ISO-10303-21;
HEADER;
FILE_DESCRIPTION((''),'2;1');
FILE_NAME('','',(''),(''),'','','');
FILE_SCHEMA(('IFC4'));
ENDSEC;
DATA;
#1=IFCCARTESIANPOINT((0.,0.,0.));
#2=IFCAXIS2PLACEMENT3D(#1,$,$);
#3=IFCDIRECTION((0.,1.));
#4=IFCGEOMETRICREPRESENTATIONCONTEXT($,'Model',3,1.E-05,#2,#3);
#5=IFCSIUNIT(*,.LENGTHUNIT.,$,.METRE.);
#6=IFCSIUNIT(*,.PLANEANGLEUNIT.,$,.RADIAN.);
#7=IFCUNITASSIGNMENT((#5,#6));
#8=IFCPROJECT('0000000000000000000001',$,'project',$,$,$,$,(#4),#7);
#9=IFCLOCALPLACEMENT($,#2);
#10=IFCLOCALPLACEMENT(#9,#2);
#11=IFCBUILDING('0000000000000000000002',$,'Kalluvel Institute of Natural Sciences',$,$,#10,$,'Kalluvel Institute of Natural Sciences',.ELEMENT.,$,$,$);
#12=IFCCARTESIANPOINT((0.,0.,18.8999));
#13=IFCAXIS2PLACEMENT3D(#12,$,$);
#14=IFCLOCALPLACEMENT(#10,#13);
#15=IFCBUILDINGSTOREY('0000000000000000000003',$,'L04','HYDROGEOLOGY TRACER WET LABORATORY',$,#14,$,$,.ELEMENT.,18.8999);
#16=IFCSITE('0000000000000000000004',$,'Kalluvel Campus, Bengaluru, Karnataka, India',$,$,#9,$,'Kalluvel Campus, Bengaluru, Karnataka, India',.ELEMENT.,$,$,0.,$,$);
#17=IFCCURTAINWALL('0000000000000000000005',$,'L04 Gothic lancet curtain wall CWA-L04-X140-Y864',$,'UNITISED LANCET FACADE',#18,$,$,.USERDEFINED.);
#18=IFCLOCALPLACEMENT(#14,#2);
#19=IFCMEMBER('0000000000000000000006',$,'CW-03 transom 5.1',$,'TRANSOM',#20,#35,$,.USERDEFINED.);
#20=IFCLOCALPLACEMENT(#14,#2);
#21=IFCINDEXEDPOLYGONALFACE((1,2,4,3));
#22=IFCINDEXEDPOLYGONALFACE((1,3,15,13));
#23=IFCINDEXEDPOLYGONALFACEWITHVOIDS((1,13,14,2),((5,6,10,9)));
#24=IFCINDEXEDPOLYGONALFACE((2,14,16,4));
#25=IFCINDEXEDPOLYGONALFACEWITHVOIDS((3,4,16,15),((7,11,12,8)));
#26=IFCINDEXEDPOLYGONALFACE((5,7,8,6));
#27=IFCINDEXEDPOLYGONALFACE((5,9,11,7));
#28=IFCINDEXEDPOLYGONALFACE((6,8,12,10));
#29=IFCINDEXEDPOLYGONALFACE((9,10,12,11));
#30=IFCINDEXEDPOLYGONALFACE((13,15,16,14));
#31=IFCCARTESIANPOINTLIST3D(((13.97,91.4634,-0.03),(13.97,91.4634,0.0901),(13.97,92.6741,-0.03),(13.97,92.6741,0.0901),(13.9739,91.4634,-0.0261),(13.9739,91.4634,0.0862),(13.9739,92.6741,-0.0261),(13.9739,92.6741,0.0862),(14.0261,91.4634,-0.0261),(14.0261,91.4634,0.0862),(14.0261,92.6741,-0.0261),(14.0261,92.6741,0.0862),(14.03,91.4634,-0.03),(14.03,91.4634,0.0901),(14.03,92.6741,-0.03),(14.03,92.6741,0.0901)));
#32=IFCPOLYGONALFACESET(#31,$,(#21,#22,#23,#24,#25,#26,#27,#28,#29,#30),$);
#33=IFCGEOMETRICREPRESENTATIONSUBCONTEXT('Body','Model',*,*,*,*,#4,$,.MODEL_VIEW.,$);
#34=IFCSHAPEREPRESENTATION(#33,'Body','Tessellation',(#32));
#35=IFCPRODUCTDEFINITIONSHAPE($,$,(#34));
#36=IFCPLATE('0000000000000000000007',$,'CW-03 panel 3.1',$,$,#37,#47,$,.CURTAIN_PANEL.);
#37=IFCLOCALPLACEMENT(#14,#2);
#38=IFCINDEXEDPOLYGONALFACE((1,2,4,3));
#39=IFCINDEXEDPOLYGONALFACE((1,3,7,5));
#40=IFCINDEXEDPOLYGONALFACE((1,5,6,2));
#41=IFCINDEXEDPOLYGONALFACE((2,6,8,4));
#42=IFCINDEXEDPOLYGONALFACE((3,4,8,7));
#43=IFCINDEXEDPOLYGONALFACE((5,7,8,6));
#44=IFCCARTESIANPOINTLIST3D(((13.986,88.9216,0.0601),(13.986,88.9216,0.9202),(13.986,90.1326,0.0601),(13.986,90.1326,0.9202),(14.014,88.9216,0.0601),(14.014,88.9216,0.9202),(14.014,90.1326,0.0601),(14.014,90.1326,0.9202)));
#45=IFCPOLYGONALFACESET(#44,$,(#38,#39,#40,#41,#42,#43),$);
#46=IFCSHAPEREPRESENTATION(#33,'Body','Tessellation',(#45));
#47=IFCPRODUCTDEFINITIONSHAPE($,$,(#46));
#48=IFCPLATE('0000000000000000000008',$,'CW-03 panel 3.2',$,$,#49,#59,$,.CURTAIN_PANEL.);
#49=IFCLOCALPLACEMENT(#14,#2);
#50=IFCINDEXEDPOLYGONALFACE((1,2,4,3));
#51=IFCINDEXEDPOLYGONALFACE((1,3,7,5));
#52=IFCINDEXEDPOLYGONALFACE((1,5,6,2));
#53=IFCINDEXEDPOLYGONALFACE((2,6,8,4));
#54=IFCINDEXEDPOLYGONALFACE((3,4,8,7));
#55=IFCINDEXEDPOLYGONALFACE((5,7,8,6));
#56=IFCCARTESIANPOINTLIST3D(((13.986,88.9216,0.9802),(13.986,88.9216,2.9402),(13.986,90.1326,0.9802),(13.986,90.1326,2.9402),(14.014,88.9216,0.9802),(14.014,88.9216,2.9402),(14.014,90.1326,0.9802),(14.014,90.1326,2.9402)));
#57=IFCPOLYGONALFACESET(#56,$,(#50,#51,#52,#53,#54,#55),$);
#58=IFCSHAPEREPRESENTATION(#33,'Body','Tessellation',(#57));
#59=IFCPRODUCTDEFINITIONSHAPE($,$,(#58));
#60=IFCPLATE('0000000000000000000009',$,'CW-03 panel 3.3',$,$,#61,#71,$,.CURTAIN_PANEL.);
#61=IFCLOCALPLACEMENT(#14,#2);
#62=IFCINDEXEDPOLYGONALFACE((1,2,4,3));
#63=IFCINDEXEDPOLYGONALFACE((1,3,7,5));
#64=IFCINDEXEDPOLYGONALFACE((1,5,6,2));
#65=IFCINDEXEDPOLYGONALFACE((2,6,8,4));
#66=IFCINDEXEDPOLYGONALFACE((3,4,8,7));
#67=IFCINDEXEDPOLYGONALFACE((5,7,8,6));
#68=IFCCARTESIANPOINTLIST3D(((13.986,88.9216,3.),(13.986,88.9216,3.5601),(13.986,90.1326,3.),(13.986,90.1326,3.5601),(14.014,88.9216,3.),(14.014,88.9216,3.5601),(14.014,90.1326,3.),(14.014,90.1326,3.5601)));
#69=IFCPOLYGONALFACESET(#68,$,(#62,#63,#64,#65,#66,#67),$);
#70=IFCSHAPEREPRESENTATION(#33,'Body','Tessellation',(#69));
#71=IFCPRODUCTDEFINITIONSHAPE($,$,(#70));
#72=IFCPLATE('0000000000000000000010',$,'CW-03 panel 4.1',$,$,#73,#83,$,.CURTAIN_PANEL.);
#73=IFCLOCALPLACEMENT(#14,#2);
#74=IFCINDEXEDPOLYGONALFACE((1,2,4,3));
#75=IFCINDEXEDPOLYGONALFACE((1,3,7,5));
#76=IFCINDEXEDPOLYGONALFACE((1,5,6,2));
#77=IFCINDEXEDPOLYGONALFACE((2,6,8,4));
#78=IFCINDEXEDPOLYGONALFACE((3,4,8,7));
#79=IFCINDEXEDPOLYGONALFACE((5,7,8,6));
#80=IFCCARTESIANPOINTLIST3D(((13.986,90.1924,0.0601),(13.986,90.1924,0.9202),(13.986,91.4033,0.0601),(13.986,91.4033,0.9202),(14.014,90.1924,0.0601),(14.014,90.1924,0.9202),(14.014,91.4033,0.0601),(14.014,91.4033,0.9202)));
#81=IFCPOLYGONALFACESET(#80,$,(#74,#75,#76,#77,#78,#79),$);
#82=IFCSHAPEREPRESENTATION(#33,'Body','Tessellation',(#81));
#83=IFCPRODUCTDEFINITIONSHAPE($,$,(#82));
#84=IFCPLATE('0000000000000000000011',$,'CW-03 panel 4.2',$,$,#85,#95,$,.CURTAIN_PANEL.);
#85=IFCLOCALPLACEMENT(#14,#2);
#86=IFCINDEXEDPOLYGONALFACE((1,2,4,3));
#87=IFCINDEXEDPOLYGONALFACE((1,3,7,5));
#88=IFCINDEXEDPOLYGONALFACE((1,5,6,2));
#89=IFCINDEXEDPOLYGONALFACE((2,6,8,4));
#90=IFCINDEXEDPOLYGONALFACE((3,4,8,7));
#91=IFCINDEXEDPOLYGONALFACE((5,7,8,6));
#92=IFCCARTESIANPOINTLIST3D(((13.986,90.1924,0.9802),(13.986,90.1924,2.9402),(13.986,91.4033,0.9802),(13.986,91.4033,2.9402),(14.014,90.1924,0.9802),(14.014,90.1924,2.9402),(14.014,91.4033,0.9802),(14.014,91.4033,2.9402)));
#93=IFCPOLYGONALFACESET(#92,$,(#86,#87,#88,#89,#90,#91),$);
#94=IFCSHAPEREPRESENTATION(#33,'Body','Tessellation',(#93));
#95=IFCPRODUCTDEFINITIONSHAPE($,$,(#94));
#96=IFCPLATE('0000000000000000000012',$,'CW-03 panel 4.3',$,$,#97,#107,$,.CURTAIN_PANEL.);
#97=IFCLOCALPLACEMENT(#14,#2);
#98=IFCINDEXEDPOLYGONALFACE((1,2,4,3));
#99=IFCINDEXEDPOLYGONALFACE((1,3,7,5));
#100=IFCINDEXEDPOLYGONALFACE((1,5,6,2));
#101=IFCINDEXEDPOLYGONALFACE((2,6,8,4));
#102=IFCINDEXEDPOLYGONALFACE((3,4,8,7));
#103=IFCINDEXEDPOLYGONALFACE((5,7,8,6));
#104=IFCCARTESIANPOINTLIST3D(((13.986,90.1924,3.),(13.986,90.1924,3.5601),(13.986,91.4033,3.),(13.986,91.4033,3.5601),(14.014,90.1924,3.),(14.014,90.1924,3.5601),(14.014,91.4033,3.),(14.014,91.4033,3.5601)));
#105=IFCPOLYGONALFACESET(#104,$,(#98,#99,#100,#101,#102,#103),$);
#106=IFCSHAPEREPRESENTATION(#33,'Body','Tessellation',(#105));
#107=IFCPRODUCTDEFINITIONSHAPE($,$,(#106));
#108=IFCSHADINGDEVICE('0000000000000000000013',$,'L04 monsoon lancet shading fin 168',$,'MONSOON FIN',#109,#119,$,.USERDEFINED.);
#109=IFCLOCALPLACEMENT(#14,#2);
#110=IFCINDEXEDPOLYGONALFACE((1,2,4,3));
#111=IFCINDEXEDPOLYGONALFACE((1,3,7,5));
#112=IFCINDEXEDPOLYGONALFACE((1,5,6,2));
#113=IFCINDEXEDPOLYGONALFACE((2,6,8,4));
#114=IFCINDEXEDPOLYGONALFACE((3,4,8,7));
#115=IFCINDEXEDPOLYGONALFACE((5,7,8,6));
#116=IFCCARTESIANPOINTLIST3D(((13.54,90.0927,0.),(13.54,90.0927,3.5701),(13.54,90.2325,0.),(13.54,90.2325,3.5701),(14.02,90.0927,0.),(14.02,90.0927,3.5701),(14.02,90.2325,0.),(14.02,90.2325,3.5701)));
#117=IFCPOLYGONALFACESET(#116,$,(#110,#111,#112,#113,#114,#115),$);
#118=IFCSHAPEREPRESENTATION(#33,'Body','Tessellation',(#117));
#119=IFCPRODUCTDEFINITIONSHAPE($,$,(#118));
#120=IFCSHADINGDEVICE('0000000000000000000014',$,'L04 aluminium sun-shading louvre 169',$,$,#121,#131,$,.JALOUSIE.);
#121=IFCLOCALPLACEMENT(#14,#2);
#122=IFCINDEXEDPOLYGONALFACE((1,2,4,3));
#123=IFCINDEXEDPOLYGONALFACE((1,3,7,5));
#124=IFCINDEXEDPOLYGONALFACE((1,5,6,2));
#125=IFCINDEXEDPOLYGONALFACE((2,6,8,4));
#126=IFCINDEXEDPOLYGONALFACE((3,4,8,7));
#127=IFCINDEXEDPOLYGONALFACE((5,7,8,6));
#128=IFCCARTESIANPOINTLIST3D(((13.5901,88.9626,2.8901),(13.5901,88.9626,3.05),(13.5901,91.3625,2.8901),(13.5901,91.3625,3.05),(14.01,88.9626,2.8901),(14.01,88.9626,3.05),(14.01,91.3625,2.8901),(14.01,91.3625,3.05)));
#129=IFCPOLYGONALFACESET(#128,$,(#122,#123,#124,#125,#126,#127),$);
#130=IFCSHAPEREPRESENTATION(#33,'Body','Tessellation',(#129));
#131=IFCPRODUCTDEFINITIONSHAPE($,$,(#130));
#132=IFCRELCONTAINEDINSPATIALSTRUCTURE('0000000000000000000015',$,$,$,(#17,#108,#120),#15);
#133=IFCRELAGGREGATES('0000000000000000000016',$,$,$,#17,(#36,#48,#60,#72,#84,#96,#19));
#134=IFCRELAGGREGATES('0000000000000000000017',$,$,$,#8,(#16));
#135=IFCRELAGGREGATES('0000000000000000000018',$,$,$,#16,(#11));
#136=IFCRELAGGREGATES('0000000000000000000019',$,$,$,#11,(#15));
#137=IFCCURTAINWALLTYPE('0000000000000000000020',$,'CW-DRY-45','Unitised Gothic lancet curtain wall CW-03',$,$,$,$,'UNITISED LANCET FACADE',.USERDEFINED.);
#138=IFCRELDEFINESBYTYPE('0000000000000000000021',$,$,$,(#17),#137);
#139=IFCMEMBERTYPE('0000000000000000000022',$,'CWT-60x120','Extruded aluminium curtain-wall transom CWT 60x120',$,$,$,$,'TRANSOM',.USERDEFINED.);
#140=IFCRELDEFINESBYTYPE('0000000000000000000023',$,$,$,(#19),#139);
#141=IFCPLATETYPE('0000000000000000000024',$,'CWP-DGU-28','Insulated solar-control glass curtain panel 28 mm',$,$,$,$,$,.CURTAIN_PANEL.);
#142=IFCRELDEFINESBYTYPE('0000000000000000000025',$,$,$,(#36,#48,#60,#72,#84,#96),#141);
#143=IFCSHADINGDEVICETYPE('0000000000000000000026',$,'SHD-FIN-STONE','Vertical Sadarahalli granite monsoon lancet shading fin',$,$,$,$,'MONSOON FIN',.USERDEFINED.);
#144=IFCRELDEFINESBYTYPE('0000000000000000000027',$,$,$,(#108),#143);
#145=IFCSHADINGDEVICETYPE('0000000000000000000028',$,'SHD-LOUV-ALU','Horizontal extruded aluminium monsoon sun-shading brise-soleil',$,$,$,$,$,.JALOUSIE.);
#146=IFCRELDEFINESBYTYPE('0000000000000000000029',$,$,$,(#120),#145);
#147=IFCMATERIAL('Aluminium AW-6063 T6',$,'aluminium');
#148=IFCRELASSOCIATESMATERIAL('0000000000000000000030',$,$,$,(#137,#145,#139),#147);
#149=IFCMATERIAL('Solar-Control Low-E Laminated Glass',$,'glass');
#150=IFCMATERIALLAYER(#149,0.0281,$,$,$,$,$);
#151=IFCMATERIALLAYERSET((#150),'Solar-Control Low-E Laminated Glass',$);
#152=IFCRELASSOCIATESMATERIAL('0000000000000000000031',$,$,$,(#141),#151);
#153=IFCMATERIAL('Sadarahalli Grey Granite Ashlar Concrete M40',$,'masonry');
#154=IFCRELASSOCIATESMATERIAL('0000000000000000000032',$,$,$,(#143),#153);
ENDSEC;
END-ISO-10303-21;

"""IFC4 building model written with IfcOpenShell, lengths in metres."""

from ifc_helpers import new_model, si_unit, direction, frame, origin, origin_2d, place, context, subcontext, project, spatial, rectangle, hollow_rectangle, extrude, material, layer, layer_set, material_profile, profile_set, type_object, element, aggregate, save


model = new_model("IFC4")

# Units and contexts
model_context = context("Model", 3, precision=1e-05, world=origin(), true_north=direction((0.0, 1.0)))
body_context = subcontext(model_context, "Body", "Model", "MODEL_VIEW")
ifc_project = project(units=[si_unit("LENGTHUNIT", "METRE"), si_unit("PLANEANGLEUNIT", "RADIAN")], contexts=[model_context])

# Site, building, storey
site_placement = place(None, origin())
site = spatial("IfcSite", under=ifc_project, at=site_placement, Name="Kalluvel Campus, Bengaluru, Karnataka, India", LongName="Kalluvel Campus, Bengaluru, Karnataka, India", CompositionType="ELEMENT", RefElevation=0.0)
building_placement = place(site_placement, origin())
building = spatial("IfcBuilding", under=site, at=building_placement, Name="Kalluvel Institute of Natural Sciences", LongName="Kalluvel Institute of Natural Sciences", CompositionType="ELEMENT")
storey_placement = place(building_placement, frame((0.0, 0.0, 18.8999)))
storey = spatial("IfcBuildingStorey", under=building, at=storey_placement, Name="L04", Description="HYDROGEOLOGY TRACER WET LABORATORY", CompositionType="ELEMENT", Elevation=18.8999)

# Curtain wall, member, plates
ifc_material_1 = material(Name="Aluminium AW-6063 T6", Category="aluminium")
curtain_wall_type = type_object("IfcCurtainWallType", Name="CW-DRY-45", Description="Unitised Gothic lancet curtain wall CW-03", ElementType="UNITISED LANCET FACADE", PredefinedType="USERDEFINED", material=ifc_material_1)
curtain_wall_placement = place(storey_placement, origin())
curtain_wall = element("IfcCurtainWall", 1, at=curtain_wall_placement, inside=storey, type_object=curtain_wall_type, Name="L04 Gothic lancet curtain wall CWA-L04-X140-Y864", ObjectType="UNITISED LANCET FACADE", PredefinedType="USERDEFINED")
ifc_material_profile_1 = material_profile(ifc_material_1, hollow_rectangle(XDim=0.0601, YDim=0.1201, WallThickness=0.0039, at=origin_2d()), Name="CWT 60x120")
ifc_profile_set_1 = profile_set([ifc_material_profile_1], Name="Aluminium AW-6063 T6")
member_type_1 = type_object("IfcMemberType", Name="CWT-60x120", Description="Extruded aluminium curtain-wall transom CWT 60x120", ElementType="TRANSOM", PredefinedType="USERDEFINED", material=ifc_profile_set_1)
member_1_placement = place(storey_placement, frame((14.0, 91.4634, 0.03), z_axis=(0.0, 1.0, 0.0), x_axis=(-1.0, 0.0, 0.0)))
member_1 = element("IfcMember", 2, at=member_1_placement, type_object=member_type_1, Name="CW-03 transom 5.1", ObjectType="TRANSOM", PredefinedType="USERDEFINED", context=body_context, shape_type="SweptSolid", body=[
    extrude(hollow_rectangle(XDim=0.0601, YDim=0.1201, WallThickness=0.0039, at=origin_2d()), origin(), (0.0, 0.0, 1.0), 1.2107),
])
ifc_material_2 = material(Name="Solar-Control Low-E Laminated Glass", Category="glass")
ifc_layer = layer(ifc_material_2, 0.0281)
ifc_layer_set = layer_set([ifc_layer], Name="Solar-Control Low-E Laminated Glass")
plate_type = type_object("IfcPlateType", Name="CWP-DGU-28", Description="Insulated solar-control glass curtain panel 28 mm", PredefinedType="CURTAIN_PANEL", material=ifc_layer_set)
plate_1_placement = place(storey_placement, frame((14.0, 89.5271, 0.0601), z_axis=(0.0, 0.0, 1.0), x_axis=(0.0, 1.0, 0.0)))
plate_1 = element("IfcPlate", 3, at=plate_1_placement, type_object=plate_type, Name="CW-03 panel 3.1", PredefinedType="CURTAIN_PANEL", context=body_context, shape_type="SweptSolid", body=[
    extrude(rectangle(XDim=1.2109, YDim=0.0281, at=origin_2d()), origin(), (0.0, 0.0, 1.0), 0.8601),
])
plate_2_placement = place(storey_placement, frame((14.0, 89.5271, 0.9802), z_axis=(0.0, 0.0, 1.0), x_axis=(0.0, 1.0, 0.0)))
plate_2 = element("IfcPlate", 4, at=plate_2_placement, type_object=plate_type, Name="CW-03 panel 3.2", PredefinedType="CURTAIN_PANEL", context=body_context, shape_type="SweptSolid", body=[
    extrude(rectangle(XDim=1.2109, YDim=0.0281, at=origin_2d()), origin(), (0.0, 0.0, 1.0), 1.96),
])
plate_3_placement = place(storey_placement, frame((14.0, 89.5271, 3.0), z_axis=(0.0, 0.0, 1.0), x_axis=(0.0, 1.0, 0.0)))
plate_3 = element("IfcPlate", 5, at=plate_3_placement, type_object=plate_type, Name="CW-03 panel 3.3", PredefinedType="CURTAIN_PANEL", context=body_context, shape_type="SweptSolid", body=[
    extrude(rectangle(XDim=1.2109, YDim=0.0281, at=origin_2d()), origin(), (0.0, 0.0, 1.0), 0.5601),
])
plate_4_placement = place(storey_placement, frame((14.0, 90.7979, 0.0601), z_axis=(0.0, 0.0, 1.0), x_axis=(0.0, 1.0, 0.0)))
plate_4 = element("IfcPlate", 6, at=plate_4_placement, type_object=plate_type, Name="CW-03 panel 4.1", PredefinedType="CURTAIN_PANEL", context=body_context, shape_type="SweptSolid", body=[
    extrude(rectangle(XDim=1.2109, YDim=0.0281, at=origin_2d()), origin(), (0.0, 0.0, 1.0), 0.8601),
])
plate_5_placement = place(storey_placement, frame((14.0, 90.7979, 0.9802), z_axis=(0.0, 0.0, 1.0), x_axis=(0.0, 1.0, 0.0)))
plate_5 = element("IfcPlate", 7, at=plate_5_placement, type_object=plate_type, Name="CW-03 panel 4.2", PredefinedType="CURTAIN_PANEL", context=body_context, shape_type="SweptSolid", body=[
    extrude(rectangle(XDim=1.2109, YDim=0.0281, at=origin_2d()), origin(), (0.0, 0.0, 1.0), 1.96),
])
plate_6_placement = place(storey_placement, frame((14.0, 90.7979, 3.0), z_axis=(0.0, 0.0, 1.0), x_axis=(0.0, 1.0, 0.0)))
plate_6 = element("IfcPlate", 8, at=plate_6_placement, type_object=plate_type, Name="CW-03 panel 4.3", PredefinedType="CURTAIN_PANEL", context=body_context, shape_type="SweptSolid", body=[
    extrude(rectangle(XDim=1.2109, YDim=0.0281, at=origin_2d()), origin(), (0.0, 0.0, 1.0), 0.5601),
])
aggregate(curtain_wall, [plate_1, plate_2, plate_3, plate_4, plate_5, plate_6, member_1])

# Shading devices
ifc_material_3 = material(Name="Sadarahalli Grey Granite Ashlar Concrete M40", Category="masonry")
shading_device_type_1 = type_object("IfcShadingDeviceType", Name="SHD-FIN-STONE", Description="Vertical Sadarahalli granite monsoon lancet shading fin", ElementType="MONSOON FIN", PredefinedType="USERDEFINED", material=ifc_material_3)
shading_device_1_placement = place(storey_placement, frame((13.78, 90.1626, 0.0), z_axis=(0.0, 0.0, 1.0), x_axis=(0.0, 1.0, 0.0)))
element("IfcShadingDevice", 9, at=shading_device_1_placement, inside=storey, type_object=shading_device_type_1, Name="L04 monsoon lancet shading fin 168", ObjectType="MONSOON FIN", PredefinedType="USERDEFINED", context=body_context, shape_type="SweptSolid", body=[
    extrude(rectangle(XDim=0.1399, YDim=0.48, at=origin_2d()), origin(), (0.0, 0.0, 1.0), 3.5701),
])
shading_device_type_2 = type_object("IfcShadingDeviceType", Name="SHD-LOUV-ALU", Description="Horizontal extruded aluminium monsoon sun-shading brise-soleil", PredefinedType="JALOUSIE", material=ifc_material_1)
shading_device_2_placement = place(storey_placement, frame((13.8, 90.1626, 2.8901), z_axis=(0.0, 0.0, 1.0), x_axis=(0.0, 1.0, 0.0)))
element("IfcShadingDevice", 10, at=shading_device_2_placement, inside=storey, type_object=shading_device_type_2, Name="L04 aluminium sun-shading louvre 169", PredefinedType="JALOUSIE", context=body_context, shape_type="SweptSolid", body=[
    extrude(rectangle(XDim=2.3999, YDim=0.4199, at=origin_2d()), origin(), (0.0, 0.0, 1.0), 0.1599),
])

save(model, "model.ifc")
